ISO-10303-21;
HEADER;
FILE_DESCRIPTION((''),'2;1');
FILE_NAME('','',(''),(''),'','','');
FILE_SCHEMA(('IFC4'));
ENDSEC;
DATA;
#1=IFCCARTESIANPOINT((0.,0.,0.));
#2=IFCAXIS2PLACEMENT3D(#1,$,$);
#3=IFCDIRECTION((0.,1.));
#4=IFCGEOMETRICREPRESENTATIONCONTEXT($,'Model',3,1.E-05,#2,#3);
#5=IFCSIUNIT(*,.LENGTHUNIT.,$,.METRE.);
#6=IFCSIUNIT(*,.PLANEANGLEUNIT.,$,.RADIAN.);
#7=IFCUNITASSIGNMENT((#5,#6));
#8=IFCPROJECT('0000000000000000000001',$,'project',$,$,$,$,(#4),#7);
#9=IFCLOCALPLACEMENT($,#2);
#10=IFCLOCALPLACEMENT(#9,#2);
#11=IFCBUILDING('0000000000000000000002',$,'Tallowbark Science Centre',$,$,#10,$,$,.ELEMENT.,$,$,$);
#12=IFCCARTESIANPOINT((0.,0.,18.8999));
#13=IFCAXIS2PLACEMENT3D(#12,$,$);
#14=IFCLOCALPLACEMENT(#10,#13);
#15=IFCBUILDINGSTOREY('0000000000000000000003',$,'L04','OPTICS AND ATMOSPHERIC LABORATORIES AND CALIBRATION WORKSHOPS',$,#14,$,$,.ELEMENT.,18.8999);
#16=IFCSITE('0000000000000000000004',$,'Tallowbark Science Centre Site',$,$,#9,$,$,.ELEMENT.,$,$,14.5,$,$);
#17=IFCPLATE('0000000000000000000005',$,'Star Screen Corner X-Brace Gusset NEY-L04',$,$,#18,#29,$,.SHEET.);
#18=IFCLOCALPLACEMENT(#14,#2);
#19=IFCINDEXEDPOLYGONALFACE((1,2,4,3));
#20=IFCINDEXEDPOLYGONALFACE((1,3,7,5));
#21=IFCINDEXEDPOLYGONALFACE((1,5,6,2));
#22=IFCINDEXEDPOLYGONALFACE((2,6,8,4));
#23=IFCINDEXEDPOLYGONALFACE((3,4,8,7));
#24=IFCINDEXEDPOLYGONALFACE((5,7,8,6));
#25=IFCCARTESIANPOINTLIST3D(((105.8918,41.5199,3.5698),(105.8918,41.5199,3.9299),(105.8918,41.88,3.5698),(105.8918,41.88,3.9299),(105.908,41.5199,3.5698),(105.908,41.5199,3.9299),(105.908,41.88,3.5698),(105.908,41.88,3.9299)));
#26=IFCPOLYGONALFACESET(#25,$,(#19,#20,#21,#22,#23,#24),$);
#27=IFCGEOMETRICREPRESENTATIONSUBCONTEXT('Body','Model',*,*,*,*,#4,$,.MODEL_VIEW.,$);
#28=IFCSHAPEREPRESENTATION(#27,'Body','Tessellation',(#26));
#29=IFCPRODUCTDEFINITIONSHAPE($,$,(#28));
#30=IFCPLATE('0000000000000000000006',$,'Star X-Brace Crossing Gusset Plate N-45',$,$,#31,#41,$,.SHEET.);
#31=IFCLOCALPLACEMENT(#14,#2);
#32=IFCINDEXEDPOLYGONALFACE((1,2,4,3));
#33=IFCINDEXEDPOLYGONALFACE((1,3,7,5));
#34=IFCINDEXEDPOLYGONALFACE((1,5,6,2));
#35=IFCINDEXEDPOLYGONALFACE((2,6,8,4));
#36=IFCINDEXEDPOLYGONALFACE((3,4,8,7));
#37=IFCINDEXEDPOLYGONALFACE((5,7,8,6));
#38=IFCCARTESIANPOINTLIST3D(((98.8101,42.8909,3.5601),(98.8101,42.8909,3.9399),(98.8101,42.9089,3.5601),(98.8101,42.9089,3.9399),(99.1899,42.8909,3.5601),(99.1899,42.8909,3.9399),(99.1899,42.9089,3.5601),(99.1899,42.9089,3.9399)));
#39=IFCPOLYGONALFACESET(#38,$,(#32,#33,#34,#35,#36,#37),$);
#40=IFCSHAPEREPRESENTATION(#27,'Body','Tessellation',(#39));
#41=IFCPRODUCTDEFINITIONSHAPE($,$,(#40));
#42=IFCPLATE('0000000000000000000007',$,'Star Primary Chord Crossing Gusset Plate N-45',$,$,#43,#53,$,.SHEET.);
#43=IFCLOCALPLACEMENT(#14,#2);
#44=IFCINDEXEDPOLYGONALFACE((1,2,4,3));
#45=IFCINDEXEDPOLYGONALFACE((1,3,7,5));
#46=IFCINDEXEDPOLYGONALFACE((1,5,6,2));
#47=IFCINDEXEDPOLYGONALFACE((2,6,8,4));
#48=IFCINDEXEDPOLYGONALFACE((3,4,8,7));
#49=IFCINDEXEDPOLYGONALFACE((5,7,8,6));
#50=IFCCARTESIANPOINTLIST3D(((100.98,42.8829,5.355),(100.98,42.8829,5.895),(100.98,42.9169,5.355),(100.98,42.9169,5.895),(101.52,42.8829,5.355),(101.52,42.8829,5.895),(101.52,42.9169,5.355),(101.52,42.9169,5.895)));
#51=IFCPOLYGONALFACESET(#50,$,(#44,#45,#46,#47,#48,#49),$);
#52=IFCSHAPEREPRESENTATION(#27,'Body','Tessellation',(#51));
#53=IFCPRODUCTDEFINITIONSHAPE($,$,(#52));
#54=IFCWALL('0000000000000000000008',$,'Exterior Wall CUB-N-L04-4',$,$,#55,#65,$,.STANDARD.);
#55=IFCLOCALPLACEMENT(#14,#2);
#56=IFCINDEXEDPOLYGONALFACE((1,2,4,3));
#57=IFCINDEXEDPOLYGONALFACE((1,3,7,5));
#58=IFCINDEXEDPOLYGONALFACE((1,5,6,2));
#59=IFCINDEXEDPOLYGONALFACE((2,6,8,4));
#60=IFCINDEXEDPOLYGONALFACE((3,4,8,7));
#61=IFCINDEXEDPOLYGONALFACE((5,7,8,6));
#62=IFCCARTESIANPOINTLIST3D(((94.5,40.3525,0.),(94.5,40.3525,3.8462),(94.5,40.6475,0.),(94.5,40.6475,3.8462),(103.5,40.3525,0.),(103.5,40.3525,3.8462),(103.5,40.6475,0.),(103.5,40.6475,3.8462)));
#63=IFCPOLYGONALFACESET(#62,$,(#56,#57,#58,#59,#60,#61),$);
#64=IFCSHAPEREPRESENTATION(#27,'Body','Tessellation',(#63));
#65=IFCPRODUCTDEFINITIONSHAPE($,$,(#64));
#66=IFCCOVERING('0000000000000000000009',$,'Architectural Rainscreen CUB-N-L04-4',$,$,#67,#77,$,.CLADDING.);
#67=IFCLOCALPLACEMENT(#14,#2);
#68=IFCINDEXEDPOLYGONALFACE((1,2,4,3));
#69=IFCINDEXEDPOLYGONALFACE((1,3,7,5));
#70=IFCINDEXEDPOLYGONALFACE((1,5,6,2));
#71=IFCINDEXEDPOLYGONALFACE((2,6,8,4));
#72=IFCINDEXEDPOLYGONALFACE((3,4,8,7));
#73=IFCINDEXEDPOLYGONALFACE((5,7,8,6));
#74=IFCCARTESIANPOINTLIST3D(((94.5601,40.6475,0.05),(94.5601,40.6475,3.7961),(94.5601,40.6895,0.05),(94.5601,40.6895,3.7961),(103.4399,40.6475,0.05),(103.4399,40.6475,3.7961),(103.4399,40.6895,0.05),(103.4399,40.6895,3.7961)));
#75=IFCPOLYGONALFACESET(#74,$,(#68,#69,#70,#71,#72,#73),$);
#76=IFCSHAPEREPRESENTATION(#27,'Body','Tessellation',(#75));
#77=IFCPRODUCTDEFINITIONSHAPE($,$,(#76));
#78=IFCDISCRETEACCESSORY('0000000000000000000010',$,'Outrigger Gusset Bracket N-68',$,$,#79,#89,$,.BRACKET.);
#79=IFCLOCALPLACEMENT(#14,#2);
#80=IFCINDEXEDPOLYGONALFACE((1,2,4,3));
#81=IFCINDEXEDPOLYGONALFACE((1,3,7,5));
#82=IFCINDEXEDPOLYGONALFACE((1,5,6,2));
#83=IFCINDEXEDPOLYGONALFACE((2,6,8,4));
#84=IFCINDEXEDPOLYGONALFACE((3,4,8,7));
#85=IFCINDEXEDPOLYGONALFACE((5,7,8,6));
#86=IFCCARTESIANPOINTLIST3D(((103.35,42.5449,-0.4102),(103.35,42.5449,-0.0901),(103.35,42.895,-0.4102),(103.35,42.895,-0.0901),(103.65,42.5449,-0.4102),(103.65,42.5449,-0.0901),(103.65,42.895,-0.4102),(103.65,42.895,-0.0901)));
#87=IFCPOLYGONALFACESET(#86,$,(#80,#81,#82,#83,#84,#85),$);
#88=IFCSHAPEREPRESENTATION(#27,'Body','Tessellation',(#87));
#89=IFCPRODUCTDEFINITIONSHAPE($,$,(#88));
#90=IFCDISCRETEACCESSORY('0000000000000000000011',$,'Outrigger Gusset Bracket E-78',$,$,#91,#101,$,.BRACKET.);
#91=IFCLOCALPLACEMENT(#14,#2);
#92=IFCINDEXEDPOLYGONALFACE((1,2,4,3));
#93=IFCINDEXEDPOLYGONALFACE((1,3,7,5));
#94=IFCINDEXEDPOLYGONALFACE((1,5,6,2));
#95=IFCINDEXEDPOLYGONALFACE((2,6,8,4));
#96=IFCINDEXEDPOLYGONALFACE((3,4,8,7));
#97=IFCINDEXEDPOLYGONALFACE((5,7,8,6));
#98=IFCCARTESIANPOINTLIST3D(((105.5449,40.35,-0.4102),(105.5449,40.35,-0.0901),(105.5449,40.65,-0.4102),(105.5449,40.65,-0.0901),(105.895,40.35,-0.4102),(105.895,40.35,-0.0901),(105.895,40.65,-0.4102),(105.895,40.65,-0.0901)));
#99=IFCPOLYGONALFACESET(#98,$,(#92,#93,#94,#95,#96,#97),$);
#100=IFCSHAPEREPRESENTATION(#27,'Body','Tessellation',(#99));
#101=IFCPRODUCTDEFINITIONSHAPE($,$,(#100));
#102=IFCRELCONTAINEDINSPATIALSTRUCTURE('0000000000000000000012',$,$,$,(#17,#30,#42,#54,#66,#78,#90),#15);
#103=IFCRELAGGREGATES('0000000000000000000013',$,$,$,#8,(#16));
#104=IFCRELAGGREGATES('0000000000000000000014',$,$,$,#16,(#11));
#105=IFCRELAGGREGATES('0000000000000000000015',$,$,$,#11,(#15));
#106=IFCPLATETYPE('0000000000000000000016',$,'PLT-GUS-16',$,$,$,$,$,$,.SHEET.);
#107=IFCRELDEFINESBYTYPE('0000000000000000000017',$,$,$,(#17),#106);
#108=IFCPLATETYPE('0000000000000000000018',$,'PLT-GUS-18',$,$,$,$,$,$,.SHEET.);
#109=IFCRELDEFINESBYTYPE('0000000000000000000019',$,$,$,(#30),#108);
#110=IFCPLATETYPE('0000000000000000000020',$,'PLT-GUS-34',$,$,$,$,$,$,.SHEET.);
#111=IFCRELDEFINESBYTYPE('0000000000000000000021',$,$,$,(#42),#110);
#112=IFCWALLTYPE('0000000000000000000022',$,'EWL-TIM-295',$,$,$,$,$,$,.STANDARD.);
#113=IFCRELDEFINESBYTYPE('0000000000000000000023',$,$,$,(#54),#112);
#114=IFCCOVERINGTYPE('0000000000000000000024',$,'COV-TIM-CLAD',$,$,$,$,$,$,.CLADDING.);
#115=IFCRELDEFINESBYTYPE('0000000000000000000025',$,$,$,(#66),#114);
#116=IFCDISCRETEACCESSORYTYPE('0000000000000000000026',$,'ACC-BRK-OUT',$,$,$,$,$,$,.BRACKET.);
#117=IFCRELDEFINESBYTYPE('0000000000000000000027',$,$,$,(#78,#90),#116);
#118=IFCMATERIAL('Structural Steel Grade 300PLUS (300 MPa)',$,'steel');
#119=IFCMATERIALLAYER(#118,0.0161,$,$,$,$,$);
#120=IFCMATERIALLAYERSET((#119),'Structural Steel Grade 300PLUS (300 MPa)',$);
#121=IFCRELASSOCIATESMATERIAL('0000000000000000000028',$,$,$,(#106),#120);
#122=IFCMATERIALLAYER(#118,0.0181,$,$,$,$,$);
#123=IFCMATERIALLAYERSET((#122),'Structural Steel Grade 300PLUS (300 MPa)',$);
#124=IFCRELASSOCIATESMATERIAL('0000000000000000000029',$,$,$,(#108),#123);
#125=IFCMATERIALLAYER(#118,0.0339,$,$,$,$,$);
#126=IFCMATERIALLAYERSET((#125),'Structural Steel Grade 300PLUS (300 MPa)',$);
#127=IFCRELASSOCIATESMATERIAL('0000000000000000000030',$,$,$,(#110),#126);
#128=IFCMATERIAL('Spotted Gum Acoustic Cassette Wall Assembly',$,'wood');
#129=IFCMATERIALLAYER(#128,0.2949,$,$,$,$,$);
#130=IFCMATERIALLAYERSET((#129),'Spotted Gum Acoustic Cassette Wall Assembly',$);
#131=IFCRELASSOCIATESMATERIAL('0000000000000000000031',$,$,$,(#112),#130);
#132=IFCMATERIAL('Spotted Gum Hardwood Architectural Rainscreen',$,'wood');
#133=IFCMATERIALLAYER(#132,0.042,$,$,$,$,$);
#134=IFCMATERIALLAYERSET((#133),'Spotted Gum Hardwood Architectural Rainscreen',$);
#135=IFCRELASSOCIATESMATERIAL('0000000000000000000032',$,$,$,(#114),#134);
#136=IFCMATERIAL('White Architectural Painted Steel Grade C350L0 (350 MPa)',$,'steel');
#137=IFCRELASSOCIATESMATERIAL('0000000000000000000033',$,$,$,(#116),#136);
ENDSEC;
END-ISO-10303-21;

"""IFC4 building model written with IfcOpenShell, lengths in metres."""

from ifc_helpers import new_model, si_unit, direction, frame, frame_2d, origin, origin_2d, place, context, subcontext, project, spatial, rectangle, extrude, material, layer, layer_set, type_object, element, save


model = new_model("IFC4")

# Units and contexts
model_context = context("Model", 3, precision=1e-05, world=origin(), true_north=direction((0.0, 1.0)))
body_context = subcontext(model_context, "Body", "Model", "MODEL_VIEW")
ifc_project = project(units=[si_unit("LENGTHUNIT", "METRE"), si_unit("PLANEANGLEUNIT", "RADIAN")], contexts=[model_context])

# Site, building, storey
site_placement = place(None, origin())
site = spatial("IfcSite", under=ifc_project, at=site_placement, Name="Tallowbark Science Centre Site", CompositionType="ELEMENT", RefElevation=14.5)
building_placement = place(site_placement, origin())
building = spatial("IfcBuilding", under=site, at=building_placement, Name="Tallowbark Science Centre", CompositionType="ELEMENT")
storey_placement = place(building_placement, frame((0.0, 0.0, 18.8999)))
storey = spatial("IfcBuildingStorey", under=building, at=storey_placement, Name="L04", Description="OPTICS AND ATMOSPHERIC LABORATORIES AND CALIBRATION WORKSHOPS", CompositionType="ELEMENT", Elevation=18.8999)

# Shared definitions
ifc_material_1 = material(Name="White Architectural Painted Steel Grade C350L0 (350 MPa)", Category="steel")
ifc_material_2 = material(Name="Structural Steel Grade 300PLUS (300 MPa)", Category="steel")

# Plates
ifc_layer_1 = layer(ifc_material_2, 0.0161)
ifc_layer_set_1 = layer_set([ifc_layer_1], Name="Structural Steel Grade 300PLUS (300 MPa)")
plate_type_1 = type_object("IfcPlateType", Name="PLT-GUS-16", PredefinedType="SHEET", material=ifc_layer_set_1)
plate_1_placement = place(storey_placement, frame((105.8999, 41.7, 3.5698), z_axis=(0.0, 0.0, 1.0), x_axis=(0.0, 1.0, 0.0)))
element("IfcPlate", 1, at=plate_1_placement, inside=storey, type_object=plate_type_1, Name="Star Screen Corner X-Brace Gusset NEY-L04", PredefinedType="SHEET", context=body_context, shape_type="SweptSolid", body=[
    extrude(rectangle(XDim=0.3601, YDim=0.0161, at=origin_2d()), origin(), (0.0, 0.0, 1.0), 0.3601),
])
ifc_layer_2 = layer(ifc_material_2, 0.0181)
ifc_layer_set_2 = layer_set([ifc_layer_2], Name="Structural Steel Grade 300PLUS (300 MPa)")
plate_type_2 = type_object("IfcPlateType", Name="PLT-GUS-18", PredefinedType="SHEET", material=ifc_layer_set_2)
plate_2_placement = place(storey_placement, frame((99.0, 42.8999, 3.5601), z_axis=(0.0, 0.0, 1.0), x_axis=(1.0, 0.0, 0.0)))
element("IfcPlate", 2, at=plate_2_placement, inside=storey, type_object=plate_type_2, Name="Star X-Brace Crossing Gusset Plate N-45", PredefinedType="SHEET", context=body_context, shape_type="SweptSolid", body=[
    extrude(rectangle(XDim=0.3799, YDim=0.0181, at=origin_2d()), origin(), (0.0, 0.0, 1.0), 0.3799),
])
ifc_layer_3 = layer(ifc_material_2, 0.0339)
ifc_layer_set_3 = layer_set([ifc_layer_3], Name="Structural Steel Grade 300PLUS (300 MPa)")
plate_type_3 = type_object("IfcPlateType", Name="PLT-GUS-34", PredefinedType="SHEET", material=ifc_layer_set_3)
plate_3_placement = place(storey_placement, frame((101.25, 42.8999, 5.355), z_axis=(0.0, 0.0, 1.0), x_axis=(1.0, 0.0, 0.0)))
element("IfcPlate", 3, at=plate_3_placement, inside=storey, type_object=plate_type_3, Name="Star Primary Chord Crossing Gusset Plate N-45", PredefinedType="SHEET", context=body_context, shape_type="SweptSolid", body=[
    extrude(rectangle(XDim=0.54, YDim=0.0339, at=origin_2d()), origin(), (0.0, 0.0, 1.0), 0.54),
])

# Wall
ifc_material_3 = material(Name="Spotted Gum Acoustic Cassette Wall Assembly", Category="wood")
ifc_layer_4 = layer(ifc_material_3, 0.2949)
ifc_layer_set_4 = layer_set([ifc_layer_4], Name="Spotted Gum Acoustic Cassette Wall Assembly")
wall_type = type_object("IfcWallType", Name="EWL-TIM-295", PredefinedType="STANDARD", material=ifc_layer_set_4)
wall_placement = place(storey_placement, frame((103.5, 40.5, 0.0), z_axis=(0.0, 0.0, 1.0), x_axis=(-1.0, 0.0, 0.0)))
element("IfcWall", 4, at=wall_placement, inside=storey, type_object=wall_type, Name="Exterior Wall CUB-N-L04-4", PredefinedType="STANDARD", context=body_context, shape_type="SweptSolid", body=[
    extrude(rectangle(XDim=9.0, YDim=0.2949, at=frame_2d((4.5, 0.0))), origin(), (0.0, 0.0, 1.0), 3.8462),
])

# Covering
ifc_material_4 = material(Name="Spotted Gum Hardwood Architectural Rainscreen", Category="wood")
ifc_layer_5 = layer(ifc_material_4, 0.042)
ifc_layer_set_5 = layer_set([ifc_layer_5], Name="Spotted Gum Hardwood Architectural Rainscreen")
covering_type = type_object("IfcCoveringType", Name="COV-TIM-CLAD", PredefinedType="CLADDING", material=ifc_layer_set_5)
covering_placement = place(storey_placement, frame((99.0, 40.6685, 0.05), z_axis=(0.0, 0.0, 1.0), x_axis=(-1.0, 0.0, 0.0)))
element("IfcCovering", 5, at=covering_placement, inside=storey, type_object=covering_type, Name="Architectural Rainscreen CUB-N-L04-4", PredefinedType="CLADDING", context=body_context, shape_type="SweptSolid", body=[
    extrude(rectangle(XDim=8.8799, YDim=0.042, at=origin_2d()), origin(), (0.0, 0.0, 1.0), 3.7461),
])

# Discrete accessories
discrete_accessory_type = type_object("IfcDiscreteAccessoryType", Name="ACC-BRK-OUT", PredefinedType="BRACKET", material=ifc_material_1)
discrete_accessory_1_placement = place(storey_placement, frame((103.5, 42.72, -0.4102), z_axis=(0.0, 0.0, 1.0), x_axis=(1.0, 0.0, 0.0)))
element("IfcDiscreteAccessory", 6, at=discrete_accessory_1_placement, inside=storey, type_object=discrete_accessory_type, Name="Outrigger Gusset Bracket N-68", PredefinedType="BRACKET", context=body_context, shape_type="SweptSolid", body=[
    extrude(rectangle(XDim=0.3, YDim=0.3501, at=origin_2d()), origin(), (0.0, 0.0, 1.0), 0.3201),
])
discrete_accessory_2_placement = place(storey_placement, frame((105.72, 40.5, -0.4102), z_axis=(0.0, 0.0, 1.0), x_axis=(1.0, 0.0, 0.0)))
element("IfcDiscreteAccessory", 7, at=discrete_accessory_2_placement, inside=storey, type_object=discrete_accessory_type, Name="Outrigger Gusset Bracket E-78", PredefinedType="BRACKET", context=body_context, shape_type="SweptSolid", body=[
    extrude(rectangle(XDim=0.3501, YDim=0.3, at=origin_2d()), origin(), (0.0, 0.0, 1.0), 0.3201),
])

save(model, "model.ifc")
